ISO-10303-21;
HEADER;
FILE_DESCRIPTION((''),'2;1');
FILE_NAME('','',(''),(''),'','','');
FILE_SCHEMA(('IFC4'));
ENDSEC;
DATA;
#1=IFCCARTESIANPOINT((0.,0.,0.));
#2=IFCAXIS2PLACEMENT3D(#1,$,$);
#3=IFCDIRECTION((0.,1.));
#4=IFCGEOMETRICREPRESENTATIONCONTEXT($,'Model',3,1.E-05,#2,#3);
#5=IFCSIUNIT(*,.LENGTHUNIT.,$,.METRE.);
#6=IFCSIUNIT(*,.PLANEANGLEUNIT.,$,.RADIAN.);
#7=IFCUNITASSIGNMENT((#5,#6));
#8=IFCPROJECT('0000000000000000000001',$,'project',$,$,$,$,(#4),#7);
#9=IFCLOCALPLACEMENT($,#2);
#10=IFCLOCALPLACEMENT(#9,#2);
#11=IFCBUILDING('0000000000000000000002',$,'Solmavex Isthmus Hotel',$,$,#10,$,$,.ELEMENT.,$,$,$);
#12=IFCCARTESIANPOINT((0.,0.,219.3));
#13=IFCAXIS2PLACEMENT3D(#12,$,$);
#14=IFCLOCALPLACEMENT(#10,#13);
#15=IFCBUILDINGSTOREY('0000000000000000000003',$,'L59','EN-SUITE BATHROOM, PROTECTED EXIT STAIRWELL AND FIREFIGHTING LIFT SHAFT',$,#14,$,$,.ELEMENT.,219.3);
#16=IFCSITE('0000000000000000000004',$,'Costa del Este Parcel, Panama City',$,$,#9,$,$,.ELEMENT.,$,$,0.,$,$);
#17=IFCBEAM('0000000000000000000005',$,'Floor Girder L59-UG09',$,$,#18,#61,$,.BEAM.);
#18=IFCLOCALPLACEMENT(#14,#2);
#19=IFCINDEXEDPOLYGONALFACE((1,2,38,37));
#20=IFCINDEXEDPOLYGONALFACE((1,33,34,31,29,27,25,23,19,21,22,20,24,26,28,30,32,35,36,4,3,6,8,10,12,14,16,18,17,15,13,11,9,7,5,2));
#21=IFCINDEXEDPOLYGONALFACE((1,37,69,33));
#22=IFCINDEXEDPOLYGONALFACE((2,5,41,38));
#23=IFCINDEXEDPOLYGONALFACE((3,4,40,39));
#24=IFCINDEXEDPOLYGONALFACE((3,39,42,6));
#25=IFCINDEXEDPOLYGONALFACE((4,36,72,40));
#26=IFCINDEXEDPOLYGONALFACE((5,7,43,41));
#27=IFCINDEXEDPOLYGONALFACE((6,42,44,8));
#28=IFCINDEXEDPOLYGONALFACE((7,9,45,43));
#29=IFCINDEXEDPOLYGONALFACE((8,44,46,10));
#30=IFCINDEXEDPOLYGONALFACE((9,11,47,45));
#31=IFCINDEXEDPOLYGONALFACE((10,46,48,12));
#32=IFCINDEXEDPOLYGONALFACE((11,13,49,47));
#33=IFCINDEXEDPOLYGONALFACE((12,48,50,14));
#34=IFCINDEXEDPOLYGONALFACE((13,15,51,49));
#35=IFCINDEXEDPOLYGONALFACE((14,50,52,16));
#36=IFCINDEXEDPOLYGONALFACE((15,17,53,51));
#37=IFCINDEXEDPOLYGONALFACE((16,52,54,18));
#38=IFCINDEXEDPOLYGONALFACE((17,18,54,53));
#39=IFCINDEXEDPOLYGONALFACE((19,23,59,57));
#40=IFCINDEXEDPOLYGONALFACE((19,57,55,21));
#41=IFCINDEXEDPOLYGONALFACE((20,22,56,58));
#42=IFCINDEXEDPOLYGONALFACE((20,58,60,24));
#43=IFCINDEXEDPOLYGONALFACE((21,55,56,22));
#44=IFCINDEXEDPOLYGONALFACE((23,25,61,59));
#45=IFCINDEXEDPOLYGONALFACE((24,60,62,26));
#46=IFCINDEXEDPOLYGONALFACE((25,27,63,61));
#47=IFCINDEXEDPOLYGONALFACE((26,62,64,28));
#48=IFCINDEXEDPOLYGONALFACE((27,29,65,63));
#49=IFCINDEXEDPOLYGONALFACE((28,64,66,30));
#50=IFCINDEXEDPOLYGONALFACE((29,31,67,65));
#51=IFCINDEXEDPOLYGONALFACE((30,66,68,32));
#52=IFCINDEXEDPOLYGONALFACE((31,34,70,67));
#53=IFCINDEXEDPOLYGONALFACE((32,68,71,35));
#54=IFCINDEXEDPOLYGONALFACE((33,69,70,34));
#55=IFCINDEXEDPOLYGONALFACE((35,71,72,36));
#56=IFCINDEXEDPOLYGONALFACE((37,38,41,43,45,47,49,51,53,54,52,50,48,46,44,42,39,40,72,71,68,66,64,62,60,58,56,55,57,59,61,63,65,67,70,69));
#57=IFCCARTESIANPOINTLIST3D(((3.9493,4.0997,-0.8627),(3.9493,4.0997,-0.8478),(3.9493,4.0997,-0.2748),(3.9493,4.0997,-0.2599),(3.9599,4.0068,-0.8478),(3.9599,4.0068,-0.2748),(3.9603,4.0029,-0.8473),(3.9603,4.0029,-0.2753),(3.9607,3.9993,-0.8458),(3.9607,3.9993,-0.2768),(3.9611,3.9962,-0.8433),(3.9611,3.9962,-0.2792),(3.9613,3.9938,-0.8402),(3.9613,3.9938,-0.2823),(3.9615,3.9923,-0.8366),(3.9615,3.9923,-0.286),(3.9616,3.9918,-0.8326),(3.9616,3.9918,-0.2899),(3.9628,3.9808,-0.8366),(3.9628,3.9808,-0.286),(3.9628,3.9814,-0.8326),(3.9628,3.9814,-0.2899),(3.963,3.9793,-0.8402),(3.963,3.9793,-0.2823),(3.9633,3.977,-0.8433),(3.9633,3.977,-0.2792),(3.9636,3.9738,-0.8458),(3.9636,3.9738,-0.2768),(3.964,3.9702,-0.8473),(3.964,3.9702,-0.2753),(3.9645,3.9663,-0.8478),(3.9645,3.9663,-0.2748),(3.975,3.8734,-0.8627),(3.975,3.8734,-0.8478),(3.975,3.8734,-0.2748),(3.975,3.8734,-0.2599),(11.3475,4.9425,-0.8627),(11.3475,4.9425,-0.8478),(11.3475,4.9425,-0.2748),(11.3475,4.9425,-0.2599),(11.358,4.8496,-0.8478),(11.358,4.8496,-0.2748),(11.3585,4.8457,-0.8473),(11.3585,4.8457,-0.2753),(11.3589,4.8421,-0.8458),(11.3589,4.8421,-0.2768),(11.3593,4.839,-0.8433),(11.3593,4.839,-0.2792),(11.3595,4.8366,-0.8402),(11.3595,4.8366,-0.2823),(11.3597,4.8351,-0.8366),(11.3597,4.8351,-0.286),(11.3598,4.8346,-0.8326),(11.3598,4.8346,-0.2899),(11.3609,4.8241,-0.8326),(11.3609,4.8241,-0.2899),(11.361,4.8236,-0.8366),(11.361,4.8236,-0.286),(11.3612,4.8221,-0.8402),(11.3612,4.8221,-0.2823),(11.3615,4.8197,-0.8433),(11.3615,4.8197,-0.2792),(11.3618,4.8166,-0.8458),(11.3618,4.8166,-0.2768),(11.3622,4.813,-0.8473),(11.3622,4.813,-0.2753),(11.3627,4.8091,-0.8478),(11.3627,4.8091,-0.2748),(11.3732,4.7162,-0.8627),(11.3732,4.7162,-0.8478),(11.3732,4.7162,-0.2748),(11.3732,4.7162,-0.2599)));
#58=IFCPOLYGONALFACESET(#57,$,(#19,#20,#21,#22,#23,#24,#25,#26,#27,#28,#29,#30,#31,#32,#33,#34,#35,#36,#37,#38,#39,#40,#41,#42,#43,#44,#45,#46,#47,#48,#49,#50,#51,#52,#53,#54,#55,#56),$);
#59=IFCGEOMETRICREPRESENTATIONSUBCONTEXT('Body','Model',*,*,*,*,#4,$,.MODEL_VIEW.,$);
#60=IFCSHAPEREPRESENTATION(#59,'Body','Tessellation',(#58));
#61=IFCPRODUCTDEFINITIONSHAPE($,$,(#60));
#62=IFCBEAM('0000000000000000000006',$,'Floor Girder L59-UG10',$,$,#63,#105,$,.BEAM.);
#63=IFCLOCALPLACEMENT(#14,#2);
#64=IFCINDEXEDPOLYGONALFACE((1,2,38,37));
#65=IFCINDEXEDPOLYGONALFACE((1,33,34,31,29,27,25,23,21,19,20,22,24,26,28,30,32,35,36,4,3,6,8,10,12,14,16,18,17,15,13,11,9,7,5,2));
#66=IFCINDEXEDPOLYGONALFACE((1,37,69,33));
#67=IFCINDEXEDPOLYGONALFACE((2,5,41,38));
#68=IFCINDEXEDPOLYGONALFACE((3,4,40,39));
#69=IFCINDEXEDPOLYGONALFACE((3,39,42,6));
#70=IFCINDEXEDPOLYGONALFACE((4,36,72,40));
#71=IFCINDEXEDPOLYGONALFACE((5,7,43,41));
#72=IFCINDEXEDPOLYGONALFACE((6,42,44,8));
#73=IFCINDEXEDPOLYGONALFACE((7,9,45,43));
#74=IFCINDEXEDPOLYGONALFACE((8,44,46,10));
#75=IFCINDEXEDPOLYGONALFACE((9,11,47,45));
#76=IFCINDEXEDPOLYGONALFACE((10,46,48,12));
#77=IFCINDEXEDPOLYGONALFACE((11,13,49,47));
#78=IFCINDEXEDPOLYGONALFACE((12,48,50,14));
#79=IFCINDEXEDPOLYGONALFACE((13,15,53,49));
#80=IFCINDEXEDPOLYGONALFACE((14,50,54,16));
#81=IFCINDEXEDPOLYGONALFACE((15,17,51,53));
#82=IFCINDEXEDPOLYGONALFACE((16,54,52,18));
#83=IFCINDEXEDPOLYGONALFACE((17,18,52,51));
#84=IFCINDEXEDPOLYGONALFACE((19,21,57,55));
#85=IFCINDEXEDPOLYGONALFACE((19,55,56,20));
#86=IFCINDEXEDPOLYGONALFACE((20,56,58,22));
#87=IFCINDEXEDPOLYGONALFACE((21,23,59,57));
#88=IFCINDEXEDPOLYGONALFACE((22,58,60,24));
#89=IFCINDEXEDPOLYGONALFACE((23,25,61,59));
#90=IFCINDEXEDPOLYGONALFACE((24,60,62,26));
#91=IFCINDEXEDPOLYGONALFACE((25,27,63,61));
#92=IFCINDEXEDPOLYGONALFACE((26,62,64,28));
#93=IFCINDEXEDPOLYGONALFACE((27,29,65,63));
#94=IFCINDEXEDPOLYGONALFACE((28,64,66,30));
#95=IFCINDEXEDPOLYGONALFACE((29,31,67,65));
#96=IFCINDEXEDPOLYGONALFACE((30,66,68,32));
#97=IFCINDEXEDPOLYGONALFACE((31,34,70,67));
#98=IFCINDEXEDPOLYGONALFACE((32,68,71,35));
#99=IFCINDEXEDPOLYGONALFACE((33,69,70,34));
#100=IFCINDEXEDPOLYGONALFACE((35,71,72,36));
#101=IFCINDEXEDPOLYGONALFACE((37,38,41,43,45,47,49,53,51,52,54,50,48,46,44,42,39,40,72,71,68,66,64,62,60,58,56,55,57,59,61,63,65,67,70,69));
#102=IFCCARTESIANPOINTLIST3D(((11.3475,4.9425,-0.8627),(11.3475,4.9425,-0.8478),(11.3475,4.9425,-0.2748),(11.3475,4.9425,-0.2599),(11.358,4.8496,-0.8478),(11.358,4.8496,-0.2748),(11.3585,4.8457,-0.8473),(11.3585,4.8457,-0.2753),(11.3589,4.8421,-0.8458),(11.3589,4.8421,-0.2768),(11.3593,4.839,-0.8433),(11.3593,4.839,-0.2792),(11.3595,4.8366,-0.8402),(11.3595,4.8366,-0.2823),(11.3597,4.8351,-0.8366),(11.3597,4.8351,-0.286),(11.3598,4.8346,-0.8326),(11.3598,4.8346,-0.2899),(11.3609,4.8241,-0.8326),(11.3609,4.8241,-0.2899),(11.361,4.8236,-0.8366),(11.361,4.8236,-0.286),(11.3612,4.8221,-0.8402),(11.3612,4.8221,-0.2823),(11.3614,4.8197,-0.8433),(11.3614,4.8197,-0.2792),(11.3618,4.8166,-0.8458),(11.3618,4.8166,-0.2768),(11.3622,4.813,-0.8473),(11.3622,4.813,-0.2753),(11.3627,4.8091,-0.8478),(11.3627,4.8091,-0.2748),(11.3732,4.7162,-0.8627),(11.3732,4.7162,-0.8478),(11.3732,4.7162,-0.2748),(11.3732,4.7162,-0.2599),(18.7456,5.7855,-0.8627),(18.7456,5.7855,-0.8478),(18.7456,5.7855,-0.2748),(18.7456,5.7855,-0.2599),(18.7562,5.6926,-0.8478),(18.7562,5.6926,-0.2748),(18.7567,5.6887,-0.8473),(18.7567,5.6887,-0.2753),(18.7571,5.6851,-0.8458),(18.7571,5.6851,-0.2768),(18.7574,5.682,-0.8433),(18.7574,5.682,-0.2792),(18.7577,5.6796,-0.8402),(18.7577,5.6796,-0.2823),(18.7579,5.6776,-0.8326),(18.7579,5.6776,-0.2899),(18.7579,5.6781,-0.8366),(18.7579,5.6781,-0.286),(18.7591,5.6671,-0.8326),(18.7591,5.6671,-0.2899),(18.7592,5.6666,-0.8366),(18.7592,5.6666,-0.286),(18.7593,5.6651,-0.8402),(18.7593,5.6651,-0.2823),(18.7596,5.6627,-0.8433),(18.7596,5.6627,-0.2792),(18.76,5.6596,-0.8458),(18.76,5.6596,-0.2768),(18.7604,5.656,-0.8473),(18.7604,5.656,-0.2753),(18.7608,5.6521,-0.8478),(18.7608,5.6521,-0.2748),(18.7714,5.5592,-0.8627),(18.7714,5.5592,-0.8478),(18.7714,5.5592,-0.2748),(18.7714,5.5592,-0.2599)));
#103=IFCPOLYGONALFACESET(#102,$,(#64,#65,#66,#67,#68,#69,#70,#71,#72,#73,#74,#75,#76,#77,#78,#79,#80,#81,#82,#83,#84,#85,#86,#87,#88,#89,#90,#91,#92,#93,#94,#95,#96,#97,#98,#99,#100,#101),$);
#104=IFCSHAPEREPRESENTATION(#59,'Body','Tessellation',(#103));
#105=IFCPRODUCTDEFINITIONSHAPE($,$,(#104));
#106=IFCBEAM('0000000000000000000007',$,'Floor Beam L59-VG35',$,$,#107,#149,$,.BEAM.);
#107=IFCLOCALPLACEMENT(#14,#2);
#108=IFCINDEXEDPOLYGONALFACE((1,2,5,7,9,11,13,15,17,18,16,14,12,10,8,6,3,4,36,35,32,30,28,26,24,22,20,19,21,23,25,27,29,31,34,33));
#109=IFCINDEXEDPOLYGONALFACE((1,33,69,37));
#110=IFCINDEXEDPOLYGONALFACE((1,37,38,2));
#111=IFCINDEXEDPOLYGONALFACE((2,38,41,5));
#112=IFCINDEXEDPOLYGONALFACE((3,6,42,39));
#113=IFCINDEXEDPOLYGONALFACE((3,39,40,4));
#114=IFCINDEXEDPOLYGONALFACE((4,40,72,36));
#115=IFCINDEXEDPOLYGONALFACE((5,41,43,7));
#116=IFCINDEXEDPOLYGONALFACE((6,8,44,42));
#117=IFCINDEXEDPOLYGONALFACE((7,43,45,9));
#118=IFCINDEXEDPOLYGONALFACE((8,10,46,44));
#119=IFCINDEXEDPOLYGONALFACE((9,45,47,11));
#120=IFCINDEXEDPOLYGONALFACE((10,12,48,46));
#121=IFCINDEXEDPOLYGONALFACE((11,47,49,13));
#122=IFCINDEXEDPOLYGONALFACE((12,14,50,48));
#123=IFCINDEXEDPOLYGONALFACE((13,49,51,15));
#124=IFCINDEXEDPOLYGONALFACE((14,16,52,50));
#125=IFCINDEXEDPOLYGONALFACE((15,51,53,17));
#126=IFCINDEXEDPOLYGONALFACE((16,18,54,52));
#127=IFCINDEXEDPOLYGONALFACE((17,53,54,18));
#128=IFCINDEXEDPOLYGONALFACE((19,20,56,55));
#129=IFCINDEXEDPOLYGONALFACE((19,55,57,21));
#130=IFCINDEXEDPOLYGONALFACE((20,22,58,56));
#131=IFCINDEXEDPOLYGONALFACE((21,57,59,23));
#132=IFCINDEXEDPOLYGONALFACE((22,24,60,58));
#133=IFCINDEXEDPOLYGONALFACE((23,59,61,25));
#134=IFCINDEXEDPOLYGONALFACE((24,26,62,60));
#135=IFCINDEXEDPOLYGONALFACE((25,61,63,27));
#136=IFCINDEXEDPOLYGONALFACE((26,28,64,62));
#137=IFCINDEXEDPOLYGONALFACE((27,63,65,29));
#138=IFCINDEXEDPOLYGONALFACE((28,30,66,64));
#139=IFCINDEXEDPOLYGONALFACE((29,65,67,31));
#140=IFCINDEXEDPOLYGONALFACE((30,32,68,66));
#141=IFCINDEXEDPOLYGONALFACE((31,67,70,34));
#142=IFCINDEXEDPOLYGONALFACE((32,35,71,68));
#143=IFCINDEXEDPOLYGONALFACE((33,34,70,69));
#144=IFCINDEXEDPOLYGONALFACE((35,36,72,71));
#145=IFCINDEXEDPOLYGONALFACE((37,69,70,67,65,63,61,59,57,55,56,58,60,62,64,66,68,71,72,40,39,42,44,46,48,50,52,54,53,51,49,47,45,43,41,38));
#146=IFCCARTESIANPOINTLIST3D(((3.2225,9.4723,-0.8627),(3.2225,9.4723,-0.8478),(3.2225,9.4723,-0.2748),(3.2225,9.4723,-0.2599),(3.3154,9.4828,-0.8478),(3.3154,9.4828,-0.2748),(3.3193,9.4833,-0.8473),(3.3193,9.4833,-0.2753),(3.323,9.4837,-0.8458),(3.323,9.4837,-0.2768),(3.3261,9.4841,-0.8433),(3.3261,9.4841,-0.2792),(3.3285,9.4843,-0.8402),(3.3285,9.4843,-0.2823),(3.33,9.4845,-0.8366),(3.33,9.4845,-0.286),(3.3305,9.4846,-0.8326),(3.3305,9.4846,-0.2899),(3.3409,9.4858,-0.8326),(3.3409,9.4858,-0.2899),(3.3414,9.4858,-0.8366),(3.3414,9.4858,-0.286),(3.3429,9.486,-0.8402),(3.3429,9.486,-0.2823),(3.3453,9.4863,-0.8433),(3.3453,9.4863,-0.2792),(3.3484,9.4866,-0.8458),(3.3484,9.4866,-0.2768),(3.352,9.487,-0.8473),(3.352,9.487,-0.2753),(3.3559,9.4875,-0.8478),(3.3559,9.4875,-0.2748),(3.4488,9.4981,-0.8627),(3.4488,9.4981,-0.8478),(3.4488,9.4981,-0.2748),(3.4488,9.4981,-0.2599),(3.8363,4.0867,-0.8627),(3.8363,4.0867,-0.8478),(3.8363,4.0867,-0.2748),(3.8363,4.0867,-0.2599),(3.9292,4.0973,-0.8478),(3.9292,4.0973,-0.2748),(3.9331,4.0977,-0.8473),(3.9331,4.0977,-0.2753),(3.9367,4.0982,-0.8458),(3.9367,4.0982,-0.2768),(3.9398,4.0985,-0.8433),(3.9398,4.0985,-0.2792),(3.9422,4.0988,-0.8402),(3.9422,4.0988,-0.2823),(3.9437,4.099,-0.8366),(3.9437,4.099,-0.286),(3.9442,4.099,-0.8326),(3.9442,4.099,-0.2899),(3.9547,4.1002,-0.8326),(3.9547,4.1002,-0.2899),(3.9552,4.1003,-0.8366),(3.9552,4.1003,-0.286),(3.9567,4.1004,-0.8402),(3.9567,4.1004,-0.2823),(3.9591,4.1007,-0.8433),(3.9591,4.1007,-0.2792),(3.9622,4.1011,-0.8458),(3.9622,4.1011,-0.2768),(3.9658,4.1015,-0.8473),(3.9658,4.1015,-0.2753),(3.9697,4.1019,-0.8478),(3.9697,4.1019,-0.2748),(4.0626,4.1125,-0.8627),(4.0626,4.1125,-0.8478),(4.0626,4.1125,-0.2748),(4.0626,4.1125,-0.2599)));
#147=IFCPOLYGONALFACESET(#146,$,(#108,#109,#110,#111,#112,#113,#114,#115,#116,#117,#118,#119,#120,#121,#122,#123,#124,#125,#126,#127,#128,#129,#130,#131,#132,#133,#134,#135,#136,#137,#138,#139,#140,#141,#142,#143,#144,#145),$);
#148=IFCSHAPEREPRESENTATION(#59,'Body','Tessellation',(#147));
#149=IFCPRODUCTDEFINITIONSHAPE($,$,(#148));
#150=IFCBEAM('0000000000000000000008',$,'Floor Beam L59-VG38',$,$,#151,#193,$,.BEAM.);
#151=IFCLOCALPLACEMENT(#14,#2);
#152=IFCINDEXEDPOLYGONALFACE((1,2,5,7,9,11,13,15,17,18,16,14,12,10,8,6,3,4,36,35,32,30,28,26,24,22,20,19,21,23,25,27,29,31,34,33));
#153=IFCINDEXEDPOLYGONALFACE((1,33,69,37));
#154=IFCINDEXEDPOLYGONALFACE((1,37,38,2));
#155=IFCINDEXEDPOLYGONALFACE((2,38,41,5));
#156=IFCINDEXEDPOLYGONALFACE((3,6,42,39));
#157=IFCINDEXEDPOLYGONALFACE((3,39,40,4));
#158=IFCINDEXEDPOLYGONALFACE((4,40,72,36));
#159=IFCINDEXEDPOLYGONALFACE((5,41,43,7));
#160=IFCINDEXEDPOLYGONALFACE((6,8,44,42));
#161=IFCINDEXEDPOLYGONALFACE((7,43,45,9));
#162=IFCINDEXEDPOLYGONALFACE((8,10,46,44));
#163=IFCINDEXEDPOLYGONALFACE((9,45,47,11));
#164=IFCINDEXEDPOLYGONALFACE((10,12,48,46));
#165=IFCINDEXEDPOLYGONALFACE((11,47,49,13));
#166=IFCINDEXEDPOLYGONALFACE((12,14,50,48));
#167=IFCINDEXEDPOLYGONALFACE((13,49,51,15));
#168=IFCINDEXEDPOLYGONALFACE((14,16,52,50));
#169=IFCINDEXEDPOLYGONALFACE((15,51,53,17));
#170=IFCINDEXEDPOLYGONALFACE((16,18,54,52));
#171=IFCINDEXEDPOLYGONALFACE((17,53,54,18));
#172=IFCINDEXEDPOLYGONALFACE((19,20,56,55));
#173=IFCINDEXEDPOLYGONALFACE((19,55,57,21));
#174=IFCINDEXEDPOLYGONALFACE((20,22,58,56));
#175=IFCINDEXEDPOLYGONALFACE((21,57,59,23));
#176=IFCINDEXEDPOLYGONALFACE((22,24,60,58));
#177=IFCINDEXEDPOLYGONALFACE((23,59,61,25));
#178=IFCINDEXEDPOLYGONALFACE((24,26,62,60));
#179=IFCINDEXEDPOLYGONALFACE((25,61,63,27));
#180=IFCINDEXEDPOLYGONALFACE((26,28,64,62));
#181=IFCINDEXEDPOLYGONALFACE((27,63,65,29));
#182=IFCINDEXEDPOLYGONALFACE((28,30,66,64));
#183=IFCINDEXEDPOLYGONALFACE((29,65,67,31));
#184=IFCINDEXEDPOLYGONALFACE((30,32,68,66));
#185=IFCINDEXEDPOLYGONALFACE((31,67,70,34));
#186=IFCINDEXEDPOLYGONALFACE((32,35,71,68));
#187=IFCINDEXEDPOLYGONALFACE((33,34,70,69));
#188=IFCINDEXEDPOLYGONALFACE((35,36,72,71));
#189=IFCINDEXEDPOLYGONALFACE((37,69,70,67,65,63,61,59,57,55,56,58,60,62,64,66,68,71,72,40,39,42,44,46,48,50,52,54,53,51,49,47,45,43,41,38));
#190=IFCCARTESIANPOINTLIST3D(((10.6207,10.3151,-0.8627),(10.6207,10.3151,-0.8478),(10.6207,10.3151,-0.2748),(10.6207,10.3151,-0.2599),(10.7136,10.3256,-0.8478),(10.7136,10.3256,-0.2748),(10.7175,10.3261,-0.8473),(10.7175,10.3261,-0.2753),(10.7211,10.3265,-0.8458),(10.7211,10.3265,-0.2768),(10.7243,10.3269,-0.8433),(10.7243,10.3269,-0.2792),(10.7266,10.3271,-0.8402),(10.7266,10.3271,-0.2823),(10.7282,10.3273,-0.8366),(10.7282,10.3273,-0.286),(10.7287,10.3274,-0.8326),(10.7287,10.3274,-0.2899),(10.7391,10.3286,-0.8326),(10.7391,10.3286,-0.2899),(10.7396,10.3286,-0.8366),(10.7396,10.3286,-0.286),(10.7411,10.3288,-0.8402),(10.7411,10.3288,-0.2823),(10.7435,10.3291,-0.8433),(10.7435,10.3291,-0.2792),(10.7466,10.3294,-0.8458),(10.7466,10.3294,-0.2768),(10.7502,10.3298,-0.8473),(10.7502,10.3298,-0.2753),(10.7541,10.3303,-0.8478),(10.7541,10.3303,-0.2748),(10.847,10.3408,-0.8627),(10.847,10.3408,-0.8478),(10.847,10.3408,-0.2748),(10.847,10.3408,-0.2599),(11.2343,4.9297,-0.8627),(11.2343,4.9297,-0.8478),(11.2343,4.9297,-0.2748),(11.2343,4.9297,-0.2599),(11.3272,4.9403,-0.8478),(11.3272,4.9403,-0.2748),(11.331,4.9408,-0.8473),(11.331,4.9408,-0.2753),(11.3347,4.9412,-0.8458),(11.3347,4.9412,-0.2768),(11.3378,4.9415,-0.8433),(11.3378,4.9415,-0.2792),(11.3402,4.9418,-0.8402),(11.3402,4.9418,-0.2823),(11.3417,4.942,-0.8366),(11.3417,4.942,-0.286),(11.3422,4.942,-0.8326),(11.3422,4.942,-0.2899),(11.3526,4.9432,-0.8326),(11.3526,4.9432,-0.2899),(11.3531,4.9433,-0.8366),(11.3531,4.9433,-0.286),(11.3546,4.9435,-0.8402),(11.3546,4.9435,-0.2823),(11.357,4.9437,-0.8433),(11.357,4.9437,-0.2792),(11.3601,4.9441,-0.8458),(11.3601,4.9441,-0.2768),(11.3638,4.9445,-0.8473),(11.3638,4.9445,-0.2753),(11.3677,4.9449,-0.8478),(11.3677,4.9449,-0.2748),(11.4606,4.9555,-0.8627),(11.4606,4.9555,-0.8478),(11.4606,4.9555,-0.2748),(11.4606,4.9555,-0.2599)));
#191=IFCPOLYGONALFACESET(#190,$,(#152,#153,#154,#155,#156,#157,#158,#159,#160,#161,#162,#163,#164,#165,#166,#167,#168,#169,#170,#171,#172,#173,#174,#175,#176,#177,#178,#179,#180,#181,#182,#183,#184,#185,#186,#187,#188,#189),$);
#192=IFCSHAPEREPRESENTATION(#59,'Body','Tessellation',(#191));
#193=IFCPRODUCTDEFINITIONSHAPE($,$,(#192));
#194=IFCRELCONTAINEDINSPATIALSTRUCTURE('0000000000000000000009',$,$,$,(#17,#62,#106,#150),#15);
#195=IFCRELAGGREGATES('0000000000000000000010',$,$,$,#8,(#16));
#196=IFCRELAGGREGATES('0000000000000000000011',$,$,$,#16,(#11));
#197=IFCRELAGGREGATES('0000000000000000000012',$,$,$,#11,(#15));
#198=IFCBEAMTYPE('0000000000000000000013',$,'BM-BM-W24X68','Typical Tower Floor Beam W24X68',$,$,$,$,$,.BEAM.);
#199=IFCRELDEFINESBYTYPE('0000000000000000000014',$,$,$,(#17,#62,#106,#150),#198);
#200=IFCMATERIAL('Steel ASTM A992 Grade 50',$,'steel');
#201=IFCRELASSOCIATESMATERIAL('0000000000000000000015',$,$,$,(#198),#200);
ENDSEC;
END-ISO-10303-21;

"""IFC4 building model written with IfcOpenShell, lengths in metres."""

from ifc_helpers import new_model, si_unit, direction, frame, origin, origin_2d, place, context, subcontext, project, spatial, i_section, extrude, material, material_profile, profile_set, type_object, element, save


model = new_model("IFC4")

# Units and contexts
model_context = context("Model", 3, precision=1e-05, world=origin(), true_north=direction((0.0, 1.0)))
body_context = subcontext(model_context, "Body", "Model", "MODEL_VIEW")
ifc_project = project(units=[si_unit("LENGTHUNIT", "METRE"), si_unit("PLANEANGLEUNIT", "RADIAN")], contexts=[model_context])

# Site, building, storey
site_placement = place(None, origin())
site = spatial("IfcSite", under=ifc_project, at=site_placement, Name="Costa del Este Parcel, Panama City", CompositionType="ELEMENT", RefElevation=0.0)
building_placement = place(site_placement, origin())
building = spatial("IfcBuilding", under=site, at=building_placement, Name="Solmavex Isthmus Hotel", CompositionType="ELEMENT")
storey_placement = place(building_placement, frame((0.0, 0.0, 219.3)))
storey = spatial("IfcBuildingStorey", under=building, at=storey_placement, Name="L59", Description="EN-SUITE BATHROOM, PROTECTED EXIT STAIRWELL AND FIREFIGHTING LIFT SHAFT", CompositionType="ELEMENT", Elevation=219.3)

# Beams
ifc_material_1 = material(Name="Steel ASTM A992 Grade 50", Category="steel")
ifc_material_profile_1 = material_profile(ifc_material_1, i_section(OverallWidth=0.2278, OverallDepth=0.6028, WebThickness=0.0105, FlangeThickness=0.0149, FilletRadius=0.0151, at=origin_2d()), Name="W24X68")
ifc_profile_set_1 = profile_set([ifc_material_profile_1], Name="Steel ASTM A992 Grade 50")
beam_type_1 = type_object("IfcBeamType", Name="BM-BM-W24X68", Description="Typical Tower Floor Beam W24X68", PredefinedType="BEAM", material=ifc_profile_set_1)
for number, where, z_axis, x_axis, name in (
    (1, (3.9622, 3.9866, -0.5613), (0.993574, 0.113184, 0.0), (-0.113184, 0.993574, 0.0), "Floor Girder L59-UG09"),
    (2, (11.3604, 4.8293, -0.5613), (0.99357, 0.113216, 0.0), (-0.113216, 0.99357, 0.0), "Floor Girder L59-UG10"),
):
    element("IfcBeam", number, at=place(storey_placement, frame(where, z_axis=z_axis, x_axis=x_axis)), inside=storey, type_object=beam_type_1, Name=name, PredefinedType="BEAM", context=body_context, shape_type="SweptSolid", body=[
        extrude(i_section(OverallWidth=0.2278, OverallDepth=0.6028, WebThickness=0.0105, FlangeThickness=0.0149, FilletRadius=0.0151, at=origin_2d()), origin(), (0.0, 0.0, 1.0), 7.446),
    ])
beam_1_placement = place(storey_placement, frame((3.9495, 4.0996, -0.5613), z_axis=(-0.113234, 0.993568, 0.0), x_axis=(-0.993568, -0.113234, 0.0)))
element("IfcBeam", 3, at=beam_1_placement, inside=storey, type_object=beam_type_1, Name="Floor Beam L59-VG35", PredefinedType="BEAM", context=body_context, shape_type="SweptSolid", body=[
    extrude(i_section(OverallWidth=0.2278, OverallDepth=0.6028, WebThickness=0.0105, FlangeThickness=0.0149, FilletRadius=0.0151, at=origin_2d()), origin(), (0.0, 0.0, 1.0), 5.4204),
])
beam_2_placement = place(storey_placement, frame((11.3474, 4.9426, -0.5613), z_axis=(-0.113195, 0.993573, 0.0), x_axis=(-0.993573, -0.113195, 0.0)))
element("IfcBeam", 4, at=beam_2_placement, inside=storey, type_object=beam_type_1, Name="Floor Beam L59-VG38", PredefinedType="BEAM", context=body_context, shape_type="SweptSolid", body=[
    extrude(i_section(OverallWidth=0.2278, OverallDepth=0.6028, WebThickness=0.0105, FlangeThickness=0.0149, FilletRadius=0.0151, at=origin_2d()), origin(), (0.0, 0.0, 1.0), 5.4202),
])

save(model, "model.ifc")
